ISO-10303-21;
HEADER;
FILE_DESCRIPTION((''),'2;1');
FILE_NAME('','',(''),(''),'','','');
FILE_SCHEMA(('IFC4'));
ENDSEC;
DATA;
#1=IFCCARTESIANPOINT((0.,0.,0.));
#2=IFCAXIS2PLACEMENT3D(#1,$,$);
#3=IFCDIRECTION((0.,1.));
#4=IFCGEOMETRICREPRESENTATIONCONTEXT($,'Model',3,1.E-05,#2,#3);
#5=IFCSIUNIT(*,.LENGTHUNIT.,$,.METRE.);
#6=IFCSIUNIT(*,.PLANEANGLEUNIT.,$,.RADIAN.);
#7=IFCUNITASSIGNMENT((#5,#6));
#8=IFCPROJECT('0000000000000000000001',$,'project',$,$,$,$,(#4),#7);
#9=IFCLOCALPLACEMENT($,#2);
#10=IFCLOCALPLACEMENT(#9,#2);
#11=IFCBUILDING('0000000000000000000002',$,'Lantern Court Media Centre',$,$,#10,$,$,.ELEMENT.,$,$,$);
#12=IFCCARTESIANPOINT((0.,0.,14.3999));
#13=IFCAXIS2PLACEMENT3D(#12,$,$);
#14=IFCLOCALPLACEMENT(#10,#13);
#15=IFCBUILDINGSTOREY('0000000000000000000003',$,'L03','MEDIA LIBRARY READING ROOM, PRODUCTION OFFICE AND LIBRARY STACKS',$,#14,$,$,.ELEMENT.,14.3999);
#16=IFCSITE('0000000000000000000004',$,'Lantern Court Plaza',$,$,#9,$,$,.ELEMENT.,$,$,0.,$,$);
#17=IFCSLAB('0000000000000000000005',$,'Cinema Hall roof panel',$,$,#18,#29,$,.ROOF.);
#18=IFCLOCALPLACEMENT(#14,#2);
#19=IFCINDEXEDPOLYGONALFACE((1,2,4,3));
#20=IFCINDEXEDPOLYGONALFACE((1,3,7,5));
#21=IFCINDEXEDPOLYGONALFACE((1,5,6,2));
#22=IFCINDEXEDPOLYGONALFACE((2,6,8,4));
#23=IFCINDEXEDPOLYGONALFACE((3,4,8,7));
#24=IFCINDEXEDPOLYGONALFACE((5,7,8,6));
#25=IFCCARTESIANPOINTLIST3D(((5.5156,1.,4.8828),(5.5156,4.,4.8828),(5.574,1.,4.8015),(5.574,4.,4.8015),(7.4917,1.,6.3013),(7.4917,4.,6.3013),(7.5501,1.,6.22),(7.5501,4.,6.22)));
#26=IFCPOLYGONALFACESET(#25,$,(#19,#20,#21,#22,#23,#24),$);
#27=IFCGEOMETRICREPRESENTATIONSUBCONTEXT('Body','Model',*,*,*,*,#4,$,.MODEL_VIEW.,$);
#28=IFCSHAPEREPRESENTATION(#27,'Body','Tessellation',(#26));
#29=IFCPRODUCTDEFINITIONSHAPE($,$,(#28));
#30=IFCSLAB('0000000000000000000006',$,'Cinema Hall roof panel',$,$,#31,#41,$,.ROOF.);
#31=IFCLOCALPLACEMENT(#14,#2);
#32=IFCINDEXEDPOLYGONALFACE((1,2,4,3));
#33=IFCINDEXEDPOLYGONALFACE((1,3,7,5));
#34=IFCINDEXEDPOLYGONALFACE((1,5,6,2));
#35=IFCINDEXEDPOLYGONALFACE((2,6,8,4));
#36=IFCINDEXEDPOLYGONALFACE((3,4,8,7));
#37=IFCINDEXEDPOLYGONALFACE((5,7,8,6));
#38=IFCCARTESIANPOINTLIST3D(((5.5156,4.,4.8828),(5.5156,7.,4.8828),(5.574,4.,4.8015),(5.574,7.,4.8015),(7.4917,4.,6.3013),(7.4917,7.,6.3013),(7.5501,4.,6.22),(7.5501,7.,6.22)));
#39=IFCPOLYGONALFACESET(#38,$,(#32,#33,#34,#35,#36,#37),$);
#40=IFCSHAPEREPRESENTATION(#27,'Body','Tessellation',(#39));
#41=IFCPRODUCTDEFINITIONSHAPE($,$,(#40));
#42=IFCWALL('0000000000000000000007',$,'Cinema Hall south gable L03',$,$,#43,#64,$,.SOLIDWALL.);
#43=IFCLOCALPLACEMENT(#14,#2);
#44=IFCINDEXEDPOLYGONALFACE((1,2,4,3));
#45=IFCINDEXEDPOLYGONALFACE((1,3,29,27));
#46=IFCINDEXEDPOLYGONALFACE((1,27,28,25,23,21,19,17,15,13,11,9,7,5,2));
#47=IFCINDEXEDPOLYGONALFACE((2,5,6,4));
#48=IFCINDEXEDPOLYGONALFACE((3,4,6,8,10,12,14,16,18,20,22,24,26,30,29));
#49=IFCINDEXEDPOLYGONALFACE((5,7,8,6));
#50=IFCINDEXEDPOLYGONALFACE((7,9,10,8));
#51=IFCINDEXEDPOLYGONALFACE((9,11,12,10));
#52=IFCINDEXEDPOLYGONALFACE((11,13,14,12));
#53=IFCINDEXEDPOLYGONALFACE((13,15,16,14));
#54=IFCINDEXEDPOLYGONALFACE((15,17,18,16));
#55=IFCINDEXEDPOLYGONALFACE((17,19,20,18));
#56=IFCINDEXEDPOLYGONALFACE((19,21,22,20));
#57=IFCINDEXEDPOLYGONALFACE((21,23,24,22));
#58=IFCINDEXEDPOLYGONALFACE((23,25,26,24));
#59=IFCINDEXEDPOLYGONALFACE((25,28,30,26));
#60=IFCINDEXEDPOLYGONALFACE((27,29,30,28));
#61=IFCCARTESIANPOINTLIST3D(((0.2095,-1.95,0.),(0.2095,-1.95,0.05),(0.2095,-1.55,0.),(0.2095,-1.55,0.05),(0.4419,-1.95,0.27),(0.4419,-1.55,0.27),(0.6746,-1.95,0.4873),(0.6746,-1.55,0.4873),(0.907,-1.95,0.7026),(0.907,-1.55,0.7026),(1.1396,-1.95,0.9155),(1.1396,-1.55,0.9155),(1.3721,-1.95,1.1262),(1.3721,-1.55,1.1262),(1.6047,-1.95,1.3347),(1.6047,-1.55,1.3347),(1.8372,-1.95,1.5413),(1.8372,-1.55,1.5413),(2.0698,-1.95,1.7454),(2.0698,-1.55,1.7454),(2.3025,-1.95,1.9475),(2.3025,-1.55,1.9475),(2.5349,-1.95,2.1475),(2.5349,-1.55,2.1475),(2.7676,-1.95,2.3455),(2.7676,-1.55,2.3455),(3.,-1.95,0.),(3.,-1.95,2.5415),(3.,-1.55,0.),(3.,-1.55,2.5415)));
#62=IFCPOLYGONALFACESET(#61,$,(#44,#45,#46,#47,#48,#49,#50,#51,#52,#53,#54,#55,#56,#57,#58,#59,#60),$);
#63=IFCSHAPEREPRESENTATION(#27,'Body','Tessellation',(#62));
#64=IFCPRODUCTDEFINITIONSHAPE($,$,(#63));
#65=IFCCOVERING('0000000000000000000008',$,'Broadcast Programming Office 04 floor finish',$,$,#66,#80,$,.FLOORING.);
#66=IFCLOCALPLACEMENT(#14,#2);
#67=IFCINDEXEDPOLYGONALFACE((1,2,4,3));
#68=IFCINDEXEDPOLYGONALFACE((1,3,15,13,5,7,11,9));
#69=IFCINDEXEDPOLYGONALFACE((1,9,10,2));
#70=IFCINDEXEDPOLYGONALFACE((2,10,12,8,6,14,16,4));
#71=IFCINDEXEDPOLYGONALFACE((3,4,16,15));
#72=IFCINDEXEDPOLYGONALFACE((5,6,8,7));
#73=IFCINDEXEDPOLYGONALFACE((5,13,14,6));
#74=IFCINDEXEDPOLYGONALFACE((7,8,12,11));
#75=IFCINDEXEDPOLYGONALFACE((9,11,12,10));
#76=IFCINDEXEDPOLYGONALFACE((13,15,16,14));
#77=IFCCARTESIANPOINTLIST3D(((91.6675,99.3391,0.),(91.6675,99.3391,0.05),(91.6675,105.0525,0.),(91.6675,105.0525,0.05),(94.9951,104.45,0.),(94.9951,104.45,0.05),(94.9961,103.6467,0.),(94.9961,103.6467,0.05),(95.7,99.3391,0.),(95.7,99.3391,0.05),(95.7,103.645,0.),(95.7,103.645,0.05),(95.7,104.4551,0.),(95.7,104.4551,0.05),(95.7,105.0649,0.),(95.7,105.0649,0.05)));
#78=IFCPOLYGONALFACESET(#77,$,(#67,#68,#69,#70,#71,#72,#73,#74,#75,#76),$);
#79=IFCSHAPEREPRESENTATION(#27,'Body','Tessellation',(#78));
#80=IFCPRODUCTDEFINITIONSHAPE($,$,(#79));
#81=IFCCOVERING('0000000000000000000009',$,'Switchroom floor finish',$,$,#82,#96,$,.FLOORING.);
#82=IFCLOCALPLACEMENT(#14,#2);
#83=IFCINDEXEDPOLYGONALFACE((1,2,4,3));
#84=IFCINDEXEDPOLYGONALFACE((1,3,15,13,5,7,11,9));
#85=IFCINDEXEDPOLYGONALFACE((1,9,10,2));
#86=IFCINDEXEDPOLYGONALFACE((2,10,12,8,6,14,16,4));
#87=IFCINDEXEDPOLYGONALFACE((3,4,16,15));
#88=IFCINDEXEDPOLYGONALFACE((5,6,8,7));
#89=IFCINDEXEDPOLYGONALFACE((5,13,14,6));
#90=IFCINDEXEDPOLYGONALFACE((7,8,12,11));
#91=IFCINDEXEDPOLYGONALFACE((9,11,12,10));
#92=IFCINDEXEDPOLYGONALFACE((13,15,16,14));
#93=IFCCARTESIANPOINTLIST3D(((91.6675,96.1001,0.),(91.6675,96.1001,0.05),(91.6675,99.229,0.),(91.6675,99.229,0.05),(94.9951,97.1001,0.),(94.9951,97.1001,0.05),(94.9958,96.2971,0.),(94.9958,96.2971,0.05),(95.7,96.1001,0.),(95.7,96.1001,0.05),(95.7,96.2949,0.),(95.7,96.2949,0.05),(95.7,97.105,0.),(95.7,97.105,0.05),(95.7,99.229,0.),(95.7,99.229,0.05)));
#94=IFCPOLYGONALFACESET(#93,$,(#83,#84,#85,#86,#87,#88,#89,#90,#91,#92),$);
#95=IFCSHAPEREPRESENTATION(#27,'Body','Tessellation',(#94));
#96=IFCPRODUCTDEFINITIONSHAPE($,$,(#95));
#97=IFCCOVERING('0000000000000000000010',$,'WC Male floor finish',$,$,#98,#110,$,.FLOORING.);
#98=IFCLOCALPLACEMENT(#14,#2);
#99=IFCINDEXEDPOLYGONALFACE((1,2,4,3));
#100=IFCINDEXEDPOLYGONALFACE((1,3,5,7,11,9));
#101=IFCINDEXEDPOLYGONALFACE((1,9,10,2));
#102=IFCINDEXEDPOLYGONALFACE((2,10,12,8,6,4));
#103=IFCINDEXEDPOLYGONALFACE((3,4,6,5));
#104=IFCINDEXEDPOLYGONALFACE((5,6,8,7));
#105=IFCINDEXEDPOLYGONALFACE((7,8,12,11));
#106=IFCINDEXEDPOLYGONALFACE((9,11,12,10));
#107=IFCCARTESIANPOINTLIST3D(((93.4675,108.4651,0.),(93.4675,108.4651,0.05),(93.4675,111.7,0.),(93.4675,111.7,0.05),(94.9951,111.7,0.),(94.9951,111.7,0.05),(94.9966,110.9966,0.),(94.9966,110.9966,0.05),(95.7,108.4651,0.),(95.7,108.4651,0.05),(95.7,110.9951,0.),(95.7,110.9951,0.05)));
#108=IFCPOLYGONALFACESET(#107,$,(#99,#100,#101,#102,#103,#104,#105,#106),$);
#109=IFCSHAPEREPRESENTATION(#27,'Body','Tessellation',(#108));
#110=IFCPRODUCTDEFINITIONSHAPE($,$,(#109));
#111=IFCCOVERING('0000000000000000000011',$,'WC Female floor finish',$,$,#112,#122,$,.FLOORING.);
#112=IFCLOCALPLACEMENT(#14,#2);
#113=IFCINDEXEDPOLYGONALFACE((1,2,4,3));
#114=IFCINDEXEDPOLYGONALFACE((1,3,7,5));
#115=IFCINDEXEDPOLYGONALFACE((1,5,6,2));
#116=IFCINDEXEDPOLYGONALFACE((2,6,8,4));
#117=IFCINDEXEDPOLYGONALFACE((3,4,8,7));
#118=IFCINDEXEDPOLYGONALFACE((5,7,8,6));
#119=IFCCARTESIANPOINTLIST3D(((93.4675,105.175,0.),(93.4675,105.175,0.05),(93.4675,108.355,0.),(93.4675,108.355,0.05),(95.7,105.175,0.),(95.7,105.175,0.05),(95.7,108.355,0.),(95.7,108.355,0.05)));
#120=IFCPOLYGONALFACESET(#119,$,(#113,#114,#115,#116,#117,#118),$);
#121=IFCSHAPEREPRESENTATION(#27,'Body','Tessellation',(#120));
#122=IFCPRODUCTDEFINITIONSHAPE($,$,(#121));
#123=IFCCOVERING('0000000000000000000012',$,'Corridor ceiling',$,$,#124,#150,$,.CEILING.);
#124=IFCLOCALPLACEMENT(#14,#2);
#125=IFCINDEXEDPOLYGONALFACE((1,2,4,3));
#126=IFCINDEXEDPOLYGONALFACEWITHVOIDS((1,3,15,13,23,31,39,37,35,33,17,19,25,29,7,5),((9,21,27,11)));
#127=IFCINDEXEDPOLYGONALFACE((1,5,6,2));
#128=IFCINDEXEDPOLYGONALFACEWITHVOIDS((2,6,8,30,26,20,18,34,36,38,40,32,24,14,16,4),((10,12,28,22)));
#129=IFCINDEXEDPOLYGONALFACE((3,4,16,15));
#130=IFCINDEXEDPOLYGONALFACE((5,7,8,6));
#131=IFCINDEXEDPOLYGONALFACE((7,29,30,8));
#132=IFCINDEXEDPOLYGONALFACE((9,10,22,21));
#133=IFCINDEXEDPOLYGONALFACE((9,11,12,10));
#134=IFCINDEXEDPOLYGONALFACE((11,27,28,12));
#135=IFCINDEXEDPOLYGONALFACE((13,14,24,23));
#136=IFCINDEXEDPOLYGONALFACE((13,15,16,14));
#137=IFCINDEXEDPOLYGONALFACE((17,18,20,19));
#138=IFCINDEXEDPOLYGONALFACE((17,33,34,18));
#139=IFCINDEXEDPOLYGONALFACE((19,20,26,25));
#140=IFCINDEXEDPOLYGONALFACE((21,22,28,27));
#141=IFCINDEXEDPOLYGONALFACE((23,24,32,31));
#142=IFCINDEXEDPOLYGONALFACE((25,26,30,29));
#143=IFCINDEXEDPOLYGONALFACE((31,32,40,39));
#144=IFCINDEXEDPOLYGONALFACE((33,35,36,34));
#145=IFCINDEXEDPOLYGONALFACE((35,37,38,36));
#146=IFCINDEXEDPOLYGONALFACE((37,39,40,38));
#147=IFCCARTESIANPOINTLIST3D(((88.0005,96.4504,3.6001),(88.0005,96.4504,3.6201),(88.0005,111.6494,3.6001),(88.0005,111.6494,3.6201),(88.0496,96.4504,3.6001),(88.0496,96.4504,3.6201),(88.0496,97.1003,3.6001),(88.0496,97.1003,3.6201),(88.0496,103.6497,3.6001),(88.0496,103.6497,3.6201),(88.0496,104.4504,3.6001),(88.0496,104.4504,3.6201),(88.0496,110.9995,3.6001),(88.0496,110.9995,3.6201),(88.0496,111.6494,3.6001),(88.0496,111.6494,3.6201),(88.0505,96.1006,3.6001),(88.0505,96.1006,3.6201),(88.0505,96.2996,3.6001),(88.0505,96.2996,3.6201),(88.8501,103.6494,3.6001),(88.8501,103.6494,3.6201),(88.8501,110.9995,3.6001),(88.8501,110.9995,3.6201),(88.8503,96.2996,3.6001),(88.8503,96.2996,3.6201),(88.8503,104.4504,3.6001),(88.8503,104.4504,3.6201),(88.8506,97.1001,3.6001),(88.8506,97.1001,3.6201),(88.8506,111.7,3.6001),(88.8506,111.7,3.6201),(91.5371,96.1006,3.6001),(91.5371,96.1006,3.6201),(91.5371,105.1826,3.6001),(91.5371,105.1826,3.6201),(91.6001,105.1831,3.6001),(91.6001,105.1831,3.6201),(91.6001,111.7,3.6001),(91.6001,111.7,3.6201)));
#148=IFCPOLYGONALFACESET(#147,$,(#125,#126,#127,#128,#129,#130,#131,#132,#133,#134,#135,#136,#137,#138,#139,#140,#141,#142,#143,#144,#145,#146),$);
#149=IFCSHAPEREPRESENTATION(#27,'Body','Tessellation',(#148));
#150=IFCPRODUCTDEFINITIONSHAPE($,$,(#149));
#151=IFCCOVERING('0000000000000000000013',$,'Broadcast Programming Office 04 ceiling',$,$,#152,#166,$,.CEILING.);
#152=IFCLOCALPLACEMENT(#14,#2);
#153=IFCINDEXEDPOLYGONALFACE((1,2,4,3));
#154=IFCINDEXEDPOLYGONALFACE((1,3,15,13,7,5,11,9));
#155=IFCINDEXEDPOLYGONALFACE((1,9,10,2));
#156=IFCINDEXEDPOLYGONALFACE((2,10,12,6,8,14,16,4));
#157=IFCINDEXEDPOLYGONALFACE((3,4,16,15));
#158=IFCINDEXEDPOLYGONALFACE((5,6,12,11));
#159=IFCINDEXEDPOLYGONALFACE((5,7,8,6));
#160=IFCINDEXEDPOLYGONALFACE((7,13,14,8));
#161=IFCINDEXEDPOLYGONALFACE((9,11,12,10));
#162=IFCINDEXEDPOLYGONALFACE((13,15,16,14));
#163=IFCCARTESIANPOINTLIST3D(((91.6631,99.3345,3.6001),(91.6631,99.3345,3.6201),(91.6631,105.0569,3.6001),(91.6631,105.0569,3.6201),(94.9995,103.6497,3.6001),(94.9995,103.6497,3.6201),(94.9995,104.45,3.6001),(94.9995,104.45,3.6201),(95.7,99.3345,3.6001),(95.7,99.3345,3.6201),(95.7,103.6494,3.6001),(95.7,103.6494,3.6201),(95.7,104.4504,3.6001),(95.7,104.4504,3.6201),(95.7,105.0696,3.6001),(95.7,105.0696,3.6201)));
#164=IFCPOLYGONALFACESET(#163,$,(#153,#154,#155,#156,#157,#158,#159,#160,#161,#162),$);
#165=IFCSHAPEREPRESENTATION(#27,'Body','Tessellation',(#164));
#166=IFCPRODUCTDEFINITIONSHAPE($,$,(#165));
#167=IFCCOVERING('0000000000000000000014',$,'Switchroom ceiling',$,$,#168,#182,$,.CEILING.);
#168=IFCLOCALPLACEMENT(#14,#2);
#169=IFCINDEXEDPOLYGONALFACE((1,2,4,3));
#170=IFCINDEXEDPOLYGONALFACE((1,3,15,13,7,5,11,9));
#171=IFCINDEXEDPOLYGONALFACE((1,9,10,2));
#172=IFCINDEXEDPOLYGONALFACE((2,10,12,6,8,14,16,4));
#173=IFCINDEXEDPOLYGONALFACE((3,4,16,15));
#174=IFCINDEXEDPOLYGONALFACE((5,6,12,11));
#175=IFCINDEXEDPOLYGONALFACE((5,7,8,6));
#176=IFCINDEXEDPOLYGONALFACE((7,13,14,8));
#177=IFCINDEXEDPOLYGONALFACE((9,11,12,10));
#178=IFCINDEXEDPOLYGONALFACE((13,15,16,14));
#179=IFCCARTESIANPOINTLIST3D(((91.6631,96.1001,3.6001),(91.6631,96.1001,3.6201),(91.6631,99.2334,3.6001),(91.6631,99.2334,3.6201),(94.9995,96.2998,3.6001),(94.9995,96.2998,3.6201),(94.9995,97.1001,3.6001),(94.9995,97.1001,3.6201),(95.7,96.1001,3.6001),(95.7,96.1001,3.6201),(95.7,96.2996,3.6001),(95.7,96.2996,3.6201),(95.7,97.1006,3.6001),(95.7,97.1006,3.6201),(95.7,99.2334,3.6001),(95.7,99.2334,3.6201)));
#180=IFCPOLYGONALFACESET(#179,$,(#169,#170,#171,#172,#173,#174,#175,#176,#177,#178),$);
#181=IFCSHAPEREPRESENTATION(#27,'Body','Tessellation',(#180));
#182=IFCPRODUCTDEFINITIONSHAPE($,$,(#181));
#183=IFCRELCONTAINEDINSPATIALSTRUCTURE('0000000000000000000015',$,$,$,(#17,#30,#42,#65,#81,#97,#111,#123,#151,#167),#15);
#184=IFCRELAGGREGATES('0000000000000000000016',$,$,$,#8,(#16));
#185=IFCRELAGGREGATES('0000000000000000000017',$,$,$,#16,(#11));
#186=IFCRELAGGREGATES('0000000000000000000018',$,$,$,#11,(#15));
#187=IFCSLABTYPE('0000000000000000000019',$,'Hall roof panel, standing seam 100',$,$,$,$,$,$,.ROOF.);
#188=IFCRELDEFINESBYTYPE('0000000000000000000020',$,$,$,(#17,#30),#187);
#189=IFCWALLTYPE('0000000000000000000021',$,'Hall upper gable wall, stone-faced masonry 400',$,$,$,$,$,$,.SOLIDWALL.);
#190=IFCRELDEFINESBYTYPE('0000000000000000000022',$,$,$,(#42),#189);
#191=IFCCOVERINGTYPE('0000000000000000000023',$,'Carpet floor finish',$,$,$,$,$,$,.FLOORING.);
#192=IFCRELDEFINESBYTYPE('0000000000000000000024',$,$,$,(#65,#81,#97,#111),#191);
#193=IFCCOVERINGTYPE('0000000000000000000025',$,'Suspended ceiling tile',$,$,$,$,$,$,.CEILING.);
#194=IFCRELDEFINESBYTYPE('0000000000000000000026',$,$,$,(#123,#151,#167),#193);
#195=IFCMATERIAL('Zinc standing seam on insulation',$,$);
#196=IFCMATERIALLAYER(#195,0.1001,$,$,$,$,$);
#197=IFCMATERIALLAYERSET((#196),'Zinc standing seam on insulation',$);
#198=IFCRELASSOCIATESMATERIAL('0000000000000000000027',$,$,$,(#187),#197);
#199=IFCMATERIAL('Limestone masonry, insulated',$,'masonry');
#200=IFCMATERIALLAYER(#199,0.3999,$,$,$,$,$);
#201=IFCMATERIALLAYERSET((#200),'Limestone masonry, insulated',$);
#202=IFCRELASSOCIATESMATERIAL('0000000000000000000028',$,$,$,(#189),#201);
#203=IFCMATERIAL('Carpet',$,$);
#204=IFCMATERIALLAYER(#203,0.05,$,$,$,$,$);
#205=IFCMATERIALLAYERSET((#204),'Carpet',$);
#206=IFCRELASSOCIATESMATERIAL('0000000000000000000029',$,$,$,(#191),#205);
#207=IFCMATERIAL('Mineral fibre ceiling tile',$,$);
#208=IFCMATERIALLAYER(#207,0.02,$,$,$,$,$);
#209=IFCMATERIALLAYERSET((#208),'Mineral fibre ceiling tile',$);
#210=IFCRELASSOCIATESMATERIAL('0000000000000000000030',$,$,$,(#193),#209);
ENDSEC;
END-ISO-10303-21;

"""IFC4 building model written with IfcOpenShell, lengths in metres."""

from ifc_helpers import new_model, si_unit, direction, frame, origin, place, context, subcontext, project, spatial, polyline, outline, extrude, material, layer, layer_set, type_object, element, save


model = new_model("IFC4")

# Units and contexts
model_context = context("Model", 3, precision=1e-05, world=origin(), true_north=direction((0.0, 1.0)))
body_context = subcontext(model_context, "Body", "Model", "MODEL_VIEW")
ifc_project = project(units=[si_unit("LENGTHUNIT", "METRE"), si_unit("PLANEANGLEUNIT", "RADIAN")], contexts=[model_context])

# Site, building, storey
site_placement = place(None, origin())
site = spatial("IfcSite", under=ifc_project, at=site_placement, Name="Lantern Court Plaza", CompositionType="ELEMENT", RefElevation=0.0)
building_placement = place(site_placement, origin())
building = spatial("IfcBuilding", under=site, at=building_placement, Name="Lantern Court Media Centre", CompositionType="ELEMENT")
storey_placement = place(building_placement, frame((0.0, 0.0, 14.3999)))
storey = spatial("IfcBuildingStorey", under=building, at=storey_placement, Name="L03", Description="MEDIA LIBRARY READING ROOM, PRODUCTION OFFICE AND LIBRARY STACKS", CompositionType="ELEMENT", Elevation=14.3999)

# Slabs
ifc_material_1 = material(Name="Zinc standing seam on insulation")
ifc_layer_1 = layer(ifc_material_1, 0.1001)
ifc_layer_set_1 = layer_set([ifc_layer_1], Name="Zinc standing seam on insulation")
slab_type = type_object("IfcSlabType", Name="Hall roof panel, standing seam 100", PredefinedType="ROOF", material=ifc_layer_set_1)
for number, where, z_axis, x_axis, name in (
    (1, (5.5156, 1.0, 4.8828), (-0.583135, 0.0, 0.812375), (0.812375, 0.0, 0.583135), "Cinema Hall roof panel"),
    (2, (5.5156, 4.0, 4.8828), (-0.583135, 0.0, 0.812375), (0.812375, 0.0, 0.583135), "Cinema Hall roof panel"),
):
    element("IfcSlab", number, at=place(storey_placement, frame(where, z_axis=z_axis, x_axis=x_axis)), inside=storey, type_object=slab_type, Name=name, PredefinedType="ROOF", context=body_context, shape_type="SweptSolid", body=[
        extrude(outline(polyline([(0.0, 0.0), (2.4325, 0.0), (2.4325, 3.0), (0.0, 3.0), (0.0, 0.0)])), origin(), (0.0, 0.0, -1.0), 0.1001),
    ])

# Wall
ifc_material_2 = material(Name="Limestone masonry, insulated", Category="masonry")
ifc_layer_2 = layer(ifc_material_2, 0.3999)
ifc_layer_set_2 = layer_set([ifc_layer_2], Name="Limestone masonry, insulated")
wall_type = type_object("IfcWallType", Name="Hall upper gable wall, stone-faced masonry 400", PredefinedType="SOLIDWALL", material=ifc_layer_set_2)
wall_placement = place(storey_placement, frame((0.2095, -1.75, 0.0), z_axis=(0.0, 0.0, 1.0), x_axis=(1.0, 0.0, 0.0)))
element("IfcWall", 3, at=wall_placement, inside=storey, type_object=wall_type, Name="Cinema Hall south gable L03", PredefinedType="SOLIDWALL", context=body_context, shape_type="SweptSolid", body=[
    extrude(outline(polyline([(0.0, 0.0), (2.7905, 0.0), (2.7905, 2.5415), (2.5581, 2.3455), (2.3254, 2.1475), (2.093, 1.9475), (1.8604, 1.7454), (1.6277, 1.5413), (1.3953, 1.3347), (1.1626, 1.1262), (0.9302, 0.9155), (0.6975, 0.7026), (0.4651, 0.4873), (0.2324, 0.27), (0.0, 0.05), (0.0, 0.0)])), frame((0.0, 0.2, 0.0), z_axis=(0.0, -1.0, 0.0), x_axis=(1.0, 0.0, 0.0)), (0.0, 0.0, 1.0), 0.3999),
])

# Coverings
ifc_material_3 = material(Name="Carpet")
ifc_layer_3 = layer(ifc_material_3, 0.05)
ifc_layer_set_3 = layer_set([ifc_layer_3], Name="Carpet")
covering_type_1 = type_object("IfcCoveringType", Name="Carpet floor finish", PredefinedType="FLOORING", material=ifc_layer_set_3)
covering_1_placement = place(storey_placement, origin())
element("IfcCovering", 4, at=covering_1_placement, inside=storey, type_object=covering_type_1, Name="Broadcast Programming Office 04 floor finish", PredefinedType="FLOORING", context=body_context, shape_type="SweptSolid", body=[
    extrude(outline(polyline([(95.7, 99.3391), (91.6675, 99.3391), (91.6675, 105.0525), (95.7, 105.0649), (95.7, 104.4551), (94.9951, 104.45), (94.9961, 103.6467), (95.7, 103.645), (95.7, 99.3391)])), origin(), (0.0, 0.0, 1.0), 0.05),
])
covering_2_placement = place(storey_placement, origin())
element("IfcCovering", 5, at=covering_2_placement, inside=storey, type_object=covering_type_1, Name="Switchroom floor finish", PredefinedType="FLOORING", context=body_context, shape_type="SweptSolid", body=[
    extrude(outline(polyline([(95.7, 96.1001), (91.6675, 96.1001), (91.6675, 99.229), (95.7, 99.229), (95.7, 97.105), (94.9951, 97.1001), (94.9958, 96.2971), (95.7, 96.2949), (95.7, 96.1001)])), origin(), (0.0, 0.0, 1.0), 0.05),
])
covering_3_placement = place(storey_placement, origin())
element("IfcCovering", 6, at=covering_3_placement, inside=storey, type_object=covering_type_1, Name="WC Male floor finish", PredefinedType="FLOORING", context=body_context, shape_type="SweptSolid", body=[
    extrude(outline(polyline([(95.7, 108.4651), (93.4675, 108.4651), (93.4675, 111.7), (94.9951, 111.7), (94.9966, 110.9966), (95.7, 110.9951), (95.7, 108.4651)])), origin(), (0.0, 0.0, 1.0), 0.05),
])
covering_4_placement = place(storey_placement, origin())
element("IfcCovering", 7, at=covering_4_placement, inside=storey, type_object=covering_type_1, Name="WC Female floor finish", PredefinedType="FLOORING", context=body_context, shape_type="SweptSolid", body=[
    extrude(outline(polyline([(95.7, 105.175), (93.4675, 105.175), (93.4675, 108.355), (95.7, 108.355), (95.7, 105.175)])), origin(), (0.0, 0.0, 1.0), 0.05),
])
ifc_material_4 = material(Name="Mineral fibre ceiling tile")
ifc_layer_4 = layer(ifc_material_4, 0.02)
ifc_layer_set_4 = layer_set([ifc_layer_4], Name="Mineral fibre ceiling tile")
covering_type_2 = type_object("IfcCoveringType", Name="Suspended ceiling tile", PredefinedType="CEILING", material=ifc_layer_set_4)
covering_5_placement = place(storey_placement, frame((0.0, 0.0, 3.6001)))
element("IfcCovering", 8, at=covering_5_placement, inside=storey, type_object=covering_type_2, Name="Corridor ceiling", PredefinedType="CEILING", context=body_context, shape_type="SweptSolid", body=[
    extrude(outline(polyline([(91.6001, 111.7), (91.6001, 105.1831), (91.5371, 105.1826), (91.5371, 96.1006), (88.0505, 96.1006), (88.0505, 96.2996), (88.8503, 96.2996), (88.8506, 97.1001), (88.0496, 97.1003), (88.0496, 96.4504), (88.0005, 96.4504), (88.0005, 111.6494), (88.0496, 111.6494), (88.0496, 110.9995), (88.8501, 110.9995), (88.8506, 111.7), (91.6001, 111.7)]), holes=[polyline([(88.8501, 103.6494), (88.8503, 104.4504), (88.0496, 104.4504), (88.0496, 103.6497), (88.8501, 103.6494)])]), origin(), (0.0, 0.0, 1.0), 0.02),
])
covering_6_placement = place(storey_placement, frame((0.0, 0.0, 3.6001)))
element("IfcCovering", 9, at=covering_6_placement, inside=storey, type_object=covering_type_2, Name="Broadcast Programming Office 04 ceiling", PredefinedType="CEILING", context=body_context, shape_type="SweptSolid", body=[
    extrude(outline(polyline([(95.7, 99.3345), (91.6631, 99.3345), (91.6631, 105.0569), (95.7, 105.0696), (95.7, 104.4504), (94.9995, 104.45), (94.9995, 103.6497), (95.7, 103.6494), (95.7, 99.3345)])), origin(), (0.0, 0.0, 1.0), 0.02),
])
covering_7_placement = place(storey_placement, frame((0.0, 0.0, 3.6001)))
element("IfcCovering", 10, at=covering_7_placement, inside=storey, type_object=covering_type_2, Name="Switchroom ceiling", PredefinedType="CEILING", context=body_context, shape_type="SweptSolid", body=[
    extrude(outline(polyline([(95.7, 96.1001), (91.6631, 96.1001), (91.6631, 99.2334), (95.7, 99.2334), (95.7, 97.1006), (94.9995, 97.1001), (94.9995, 96.2998), (95.7, 96.2996), (95.7, 96.1001)])), origin(), (0.0, 0.0, 1.0), 0.02),
])

save(model, "model.ifc")
